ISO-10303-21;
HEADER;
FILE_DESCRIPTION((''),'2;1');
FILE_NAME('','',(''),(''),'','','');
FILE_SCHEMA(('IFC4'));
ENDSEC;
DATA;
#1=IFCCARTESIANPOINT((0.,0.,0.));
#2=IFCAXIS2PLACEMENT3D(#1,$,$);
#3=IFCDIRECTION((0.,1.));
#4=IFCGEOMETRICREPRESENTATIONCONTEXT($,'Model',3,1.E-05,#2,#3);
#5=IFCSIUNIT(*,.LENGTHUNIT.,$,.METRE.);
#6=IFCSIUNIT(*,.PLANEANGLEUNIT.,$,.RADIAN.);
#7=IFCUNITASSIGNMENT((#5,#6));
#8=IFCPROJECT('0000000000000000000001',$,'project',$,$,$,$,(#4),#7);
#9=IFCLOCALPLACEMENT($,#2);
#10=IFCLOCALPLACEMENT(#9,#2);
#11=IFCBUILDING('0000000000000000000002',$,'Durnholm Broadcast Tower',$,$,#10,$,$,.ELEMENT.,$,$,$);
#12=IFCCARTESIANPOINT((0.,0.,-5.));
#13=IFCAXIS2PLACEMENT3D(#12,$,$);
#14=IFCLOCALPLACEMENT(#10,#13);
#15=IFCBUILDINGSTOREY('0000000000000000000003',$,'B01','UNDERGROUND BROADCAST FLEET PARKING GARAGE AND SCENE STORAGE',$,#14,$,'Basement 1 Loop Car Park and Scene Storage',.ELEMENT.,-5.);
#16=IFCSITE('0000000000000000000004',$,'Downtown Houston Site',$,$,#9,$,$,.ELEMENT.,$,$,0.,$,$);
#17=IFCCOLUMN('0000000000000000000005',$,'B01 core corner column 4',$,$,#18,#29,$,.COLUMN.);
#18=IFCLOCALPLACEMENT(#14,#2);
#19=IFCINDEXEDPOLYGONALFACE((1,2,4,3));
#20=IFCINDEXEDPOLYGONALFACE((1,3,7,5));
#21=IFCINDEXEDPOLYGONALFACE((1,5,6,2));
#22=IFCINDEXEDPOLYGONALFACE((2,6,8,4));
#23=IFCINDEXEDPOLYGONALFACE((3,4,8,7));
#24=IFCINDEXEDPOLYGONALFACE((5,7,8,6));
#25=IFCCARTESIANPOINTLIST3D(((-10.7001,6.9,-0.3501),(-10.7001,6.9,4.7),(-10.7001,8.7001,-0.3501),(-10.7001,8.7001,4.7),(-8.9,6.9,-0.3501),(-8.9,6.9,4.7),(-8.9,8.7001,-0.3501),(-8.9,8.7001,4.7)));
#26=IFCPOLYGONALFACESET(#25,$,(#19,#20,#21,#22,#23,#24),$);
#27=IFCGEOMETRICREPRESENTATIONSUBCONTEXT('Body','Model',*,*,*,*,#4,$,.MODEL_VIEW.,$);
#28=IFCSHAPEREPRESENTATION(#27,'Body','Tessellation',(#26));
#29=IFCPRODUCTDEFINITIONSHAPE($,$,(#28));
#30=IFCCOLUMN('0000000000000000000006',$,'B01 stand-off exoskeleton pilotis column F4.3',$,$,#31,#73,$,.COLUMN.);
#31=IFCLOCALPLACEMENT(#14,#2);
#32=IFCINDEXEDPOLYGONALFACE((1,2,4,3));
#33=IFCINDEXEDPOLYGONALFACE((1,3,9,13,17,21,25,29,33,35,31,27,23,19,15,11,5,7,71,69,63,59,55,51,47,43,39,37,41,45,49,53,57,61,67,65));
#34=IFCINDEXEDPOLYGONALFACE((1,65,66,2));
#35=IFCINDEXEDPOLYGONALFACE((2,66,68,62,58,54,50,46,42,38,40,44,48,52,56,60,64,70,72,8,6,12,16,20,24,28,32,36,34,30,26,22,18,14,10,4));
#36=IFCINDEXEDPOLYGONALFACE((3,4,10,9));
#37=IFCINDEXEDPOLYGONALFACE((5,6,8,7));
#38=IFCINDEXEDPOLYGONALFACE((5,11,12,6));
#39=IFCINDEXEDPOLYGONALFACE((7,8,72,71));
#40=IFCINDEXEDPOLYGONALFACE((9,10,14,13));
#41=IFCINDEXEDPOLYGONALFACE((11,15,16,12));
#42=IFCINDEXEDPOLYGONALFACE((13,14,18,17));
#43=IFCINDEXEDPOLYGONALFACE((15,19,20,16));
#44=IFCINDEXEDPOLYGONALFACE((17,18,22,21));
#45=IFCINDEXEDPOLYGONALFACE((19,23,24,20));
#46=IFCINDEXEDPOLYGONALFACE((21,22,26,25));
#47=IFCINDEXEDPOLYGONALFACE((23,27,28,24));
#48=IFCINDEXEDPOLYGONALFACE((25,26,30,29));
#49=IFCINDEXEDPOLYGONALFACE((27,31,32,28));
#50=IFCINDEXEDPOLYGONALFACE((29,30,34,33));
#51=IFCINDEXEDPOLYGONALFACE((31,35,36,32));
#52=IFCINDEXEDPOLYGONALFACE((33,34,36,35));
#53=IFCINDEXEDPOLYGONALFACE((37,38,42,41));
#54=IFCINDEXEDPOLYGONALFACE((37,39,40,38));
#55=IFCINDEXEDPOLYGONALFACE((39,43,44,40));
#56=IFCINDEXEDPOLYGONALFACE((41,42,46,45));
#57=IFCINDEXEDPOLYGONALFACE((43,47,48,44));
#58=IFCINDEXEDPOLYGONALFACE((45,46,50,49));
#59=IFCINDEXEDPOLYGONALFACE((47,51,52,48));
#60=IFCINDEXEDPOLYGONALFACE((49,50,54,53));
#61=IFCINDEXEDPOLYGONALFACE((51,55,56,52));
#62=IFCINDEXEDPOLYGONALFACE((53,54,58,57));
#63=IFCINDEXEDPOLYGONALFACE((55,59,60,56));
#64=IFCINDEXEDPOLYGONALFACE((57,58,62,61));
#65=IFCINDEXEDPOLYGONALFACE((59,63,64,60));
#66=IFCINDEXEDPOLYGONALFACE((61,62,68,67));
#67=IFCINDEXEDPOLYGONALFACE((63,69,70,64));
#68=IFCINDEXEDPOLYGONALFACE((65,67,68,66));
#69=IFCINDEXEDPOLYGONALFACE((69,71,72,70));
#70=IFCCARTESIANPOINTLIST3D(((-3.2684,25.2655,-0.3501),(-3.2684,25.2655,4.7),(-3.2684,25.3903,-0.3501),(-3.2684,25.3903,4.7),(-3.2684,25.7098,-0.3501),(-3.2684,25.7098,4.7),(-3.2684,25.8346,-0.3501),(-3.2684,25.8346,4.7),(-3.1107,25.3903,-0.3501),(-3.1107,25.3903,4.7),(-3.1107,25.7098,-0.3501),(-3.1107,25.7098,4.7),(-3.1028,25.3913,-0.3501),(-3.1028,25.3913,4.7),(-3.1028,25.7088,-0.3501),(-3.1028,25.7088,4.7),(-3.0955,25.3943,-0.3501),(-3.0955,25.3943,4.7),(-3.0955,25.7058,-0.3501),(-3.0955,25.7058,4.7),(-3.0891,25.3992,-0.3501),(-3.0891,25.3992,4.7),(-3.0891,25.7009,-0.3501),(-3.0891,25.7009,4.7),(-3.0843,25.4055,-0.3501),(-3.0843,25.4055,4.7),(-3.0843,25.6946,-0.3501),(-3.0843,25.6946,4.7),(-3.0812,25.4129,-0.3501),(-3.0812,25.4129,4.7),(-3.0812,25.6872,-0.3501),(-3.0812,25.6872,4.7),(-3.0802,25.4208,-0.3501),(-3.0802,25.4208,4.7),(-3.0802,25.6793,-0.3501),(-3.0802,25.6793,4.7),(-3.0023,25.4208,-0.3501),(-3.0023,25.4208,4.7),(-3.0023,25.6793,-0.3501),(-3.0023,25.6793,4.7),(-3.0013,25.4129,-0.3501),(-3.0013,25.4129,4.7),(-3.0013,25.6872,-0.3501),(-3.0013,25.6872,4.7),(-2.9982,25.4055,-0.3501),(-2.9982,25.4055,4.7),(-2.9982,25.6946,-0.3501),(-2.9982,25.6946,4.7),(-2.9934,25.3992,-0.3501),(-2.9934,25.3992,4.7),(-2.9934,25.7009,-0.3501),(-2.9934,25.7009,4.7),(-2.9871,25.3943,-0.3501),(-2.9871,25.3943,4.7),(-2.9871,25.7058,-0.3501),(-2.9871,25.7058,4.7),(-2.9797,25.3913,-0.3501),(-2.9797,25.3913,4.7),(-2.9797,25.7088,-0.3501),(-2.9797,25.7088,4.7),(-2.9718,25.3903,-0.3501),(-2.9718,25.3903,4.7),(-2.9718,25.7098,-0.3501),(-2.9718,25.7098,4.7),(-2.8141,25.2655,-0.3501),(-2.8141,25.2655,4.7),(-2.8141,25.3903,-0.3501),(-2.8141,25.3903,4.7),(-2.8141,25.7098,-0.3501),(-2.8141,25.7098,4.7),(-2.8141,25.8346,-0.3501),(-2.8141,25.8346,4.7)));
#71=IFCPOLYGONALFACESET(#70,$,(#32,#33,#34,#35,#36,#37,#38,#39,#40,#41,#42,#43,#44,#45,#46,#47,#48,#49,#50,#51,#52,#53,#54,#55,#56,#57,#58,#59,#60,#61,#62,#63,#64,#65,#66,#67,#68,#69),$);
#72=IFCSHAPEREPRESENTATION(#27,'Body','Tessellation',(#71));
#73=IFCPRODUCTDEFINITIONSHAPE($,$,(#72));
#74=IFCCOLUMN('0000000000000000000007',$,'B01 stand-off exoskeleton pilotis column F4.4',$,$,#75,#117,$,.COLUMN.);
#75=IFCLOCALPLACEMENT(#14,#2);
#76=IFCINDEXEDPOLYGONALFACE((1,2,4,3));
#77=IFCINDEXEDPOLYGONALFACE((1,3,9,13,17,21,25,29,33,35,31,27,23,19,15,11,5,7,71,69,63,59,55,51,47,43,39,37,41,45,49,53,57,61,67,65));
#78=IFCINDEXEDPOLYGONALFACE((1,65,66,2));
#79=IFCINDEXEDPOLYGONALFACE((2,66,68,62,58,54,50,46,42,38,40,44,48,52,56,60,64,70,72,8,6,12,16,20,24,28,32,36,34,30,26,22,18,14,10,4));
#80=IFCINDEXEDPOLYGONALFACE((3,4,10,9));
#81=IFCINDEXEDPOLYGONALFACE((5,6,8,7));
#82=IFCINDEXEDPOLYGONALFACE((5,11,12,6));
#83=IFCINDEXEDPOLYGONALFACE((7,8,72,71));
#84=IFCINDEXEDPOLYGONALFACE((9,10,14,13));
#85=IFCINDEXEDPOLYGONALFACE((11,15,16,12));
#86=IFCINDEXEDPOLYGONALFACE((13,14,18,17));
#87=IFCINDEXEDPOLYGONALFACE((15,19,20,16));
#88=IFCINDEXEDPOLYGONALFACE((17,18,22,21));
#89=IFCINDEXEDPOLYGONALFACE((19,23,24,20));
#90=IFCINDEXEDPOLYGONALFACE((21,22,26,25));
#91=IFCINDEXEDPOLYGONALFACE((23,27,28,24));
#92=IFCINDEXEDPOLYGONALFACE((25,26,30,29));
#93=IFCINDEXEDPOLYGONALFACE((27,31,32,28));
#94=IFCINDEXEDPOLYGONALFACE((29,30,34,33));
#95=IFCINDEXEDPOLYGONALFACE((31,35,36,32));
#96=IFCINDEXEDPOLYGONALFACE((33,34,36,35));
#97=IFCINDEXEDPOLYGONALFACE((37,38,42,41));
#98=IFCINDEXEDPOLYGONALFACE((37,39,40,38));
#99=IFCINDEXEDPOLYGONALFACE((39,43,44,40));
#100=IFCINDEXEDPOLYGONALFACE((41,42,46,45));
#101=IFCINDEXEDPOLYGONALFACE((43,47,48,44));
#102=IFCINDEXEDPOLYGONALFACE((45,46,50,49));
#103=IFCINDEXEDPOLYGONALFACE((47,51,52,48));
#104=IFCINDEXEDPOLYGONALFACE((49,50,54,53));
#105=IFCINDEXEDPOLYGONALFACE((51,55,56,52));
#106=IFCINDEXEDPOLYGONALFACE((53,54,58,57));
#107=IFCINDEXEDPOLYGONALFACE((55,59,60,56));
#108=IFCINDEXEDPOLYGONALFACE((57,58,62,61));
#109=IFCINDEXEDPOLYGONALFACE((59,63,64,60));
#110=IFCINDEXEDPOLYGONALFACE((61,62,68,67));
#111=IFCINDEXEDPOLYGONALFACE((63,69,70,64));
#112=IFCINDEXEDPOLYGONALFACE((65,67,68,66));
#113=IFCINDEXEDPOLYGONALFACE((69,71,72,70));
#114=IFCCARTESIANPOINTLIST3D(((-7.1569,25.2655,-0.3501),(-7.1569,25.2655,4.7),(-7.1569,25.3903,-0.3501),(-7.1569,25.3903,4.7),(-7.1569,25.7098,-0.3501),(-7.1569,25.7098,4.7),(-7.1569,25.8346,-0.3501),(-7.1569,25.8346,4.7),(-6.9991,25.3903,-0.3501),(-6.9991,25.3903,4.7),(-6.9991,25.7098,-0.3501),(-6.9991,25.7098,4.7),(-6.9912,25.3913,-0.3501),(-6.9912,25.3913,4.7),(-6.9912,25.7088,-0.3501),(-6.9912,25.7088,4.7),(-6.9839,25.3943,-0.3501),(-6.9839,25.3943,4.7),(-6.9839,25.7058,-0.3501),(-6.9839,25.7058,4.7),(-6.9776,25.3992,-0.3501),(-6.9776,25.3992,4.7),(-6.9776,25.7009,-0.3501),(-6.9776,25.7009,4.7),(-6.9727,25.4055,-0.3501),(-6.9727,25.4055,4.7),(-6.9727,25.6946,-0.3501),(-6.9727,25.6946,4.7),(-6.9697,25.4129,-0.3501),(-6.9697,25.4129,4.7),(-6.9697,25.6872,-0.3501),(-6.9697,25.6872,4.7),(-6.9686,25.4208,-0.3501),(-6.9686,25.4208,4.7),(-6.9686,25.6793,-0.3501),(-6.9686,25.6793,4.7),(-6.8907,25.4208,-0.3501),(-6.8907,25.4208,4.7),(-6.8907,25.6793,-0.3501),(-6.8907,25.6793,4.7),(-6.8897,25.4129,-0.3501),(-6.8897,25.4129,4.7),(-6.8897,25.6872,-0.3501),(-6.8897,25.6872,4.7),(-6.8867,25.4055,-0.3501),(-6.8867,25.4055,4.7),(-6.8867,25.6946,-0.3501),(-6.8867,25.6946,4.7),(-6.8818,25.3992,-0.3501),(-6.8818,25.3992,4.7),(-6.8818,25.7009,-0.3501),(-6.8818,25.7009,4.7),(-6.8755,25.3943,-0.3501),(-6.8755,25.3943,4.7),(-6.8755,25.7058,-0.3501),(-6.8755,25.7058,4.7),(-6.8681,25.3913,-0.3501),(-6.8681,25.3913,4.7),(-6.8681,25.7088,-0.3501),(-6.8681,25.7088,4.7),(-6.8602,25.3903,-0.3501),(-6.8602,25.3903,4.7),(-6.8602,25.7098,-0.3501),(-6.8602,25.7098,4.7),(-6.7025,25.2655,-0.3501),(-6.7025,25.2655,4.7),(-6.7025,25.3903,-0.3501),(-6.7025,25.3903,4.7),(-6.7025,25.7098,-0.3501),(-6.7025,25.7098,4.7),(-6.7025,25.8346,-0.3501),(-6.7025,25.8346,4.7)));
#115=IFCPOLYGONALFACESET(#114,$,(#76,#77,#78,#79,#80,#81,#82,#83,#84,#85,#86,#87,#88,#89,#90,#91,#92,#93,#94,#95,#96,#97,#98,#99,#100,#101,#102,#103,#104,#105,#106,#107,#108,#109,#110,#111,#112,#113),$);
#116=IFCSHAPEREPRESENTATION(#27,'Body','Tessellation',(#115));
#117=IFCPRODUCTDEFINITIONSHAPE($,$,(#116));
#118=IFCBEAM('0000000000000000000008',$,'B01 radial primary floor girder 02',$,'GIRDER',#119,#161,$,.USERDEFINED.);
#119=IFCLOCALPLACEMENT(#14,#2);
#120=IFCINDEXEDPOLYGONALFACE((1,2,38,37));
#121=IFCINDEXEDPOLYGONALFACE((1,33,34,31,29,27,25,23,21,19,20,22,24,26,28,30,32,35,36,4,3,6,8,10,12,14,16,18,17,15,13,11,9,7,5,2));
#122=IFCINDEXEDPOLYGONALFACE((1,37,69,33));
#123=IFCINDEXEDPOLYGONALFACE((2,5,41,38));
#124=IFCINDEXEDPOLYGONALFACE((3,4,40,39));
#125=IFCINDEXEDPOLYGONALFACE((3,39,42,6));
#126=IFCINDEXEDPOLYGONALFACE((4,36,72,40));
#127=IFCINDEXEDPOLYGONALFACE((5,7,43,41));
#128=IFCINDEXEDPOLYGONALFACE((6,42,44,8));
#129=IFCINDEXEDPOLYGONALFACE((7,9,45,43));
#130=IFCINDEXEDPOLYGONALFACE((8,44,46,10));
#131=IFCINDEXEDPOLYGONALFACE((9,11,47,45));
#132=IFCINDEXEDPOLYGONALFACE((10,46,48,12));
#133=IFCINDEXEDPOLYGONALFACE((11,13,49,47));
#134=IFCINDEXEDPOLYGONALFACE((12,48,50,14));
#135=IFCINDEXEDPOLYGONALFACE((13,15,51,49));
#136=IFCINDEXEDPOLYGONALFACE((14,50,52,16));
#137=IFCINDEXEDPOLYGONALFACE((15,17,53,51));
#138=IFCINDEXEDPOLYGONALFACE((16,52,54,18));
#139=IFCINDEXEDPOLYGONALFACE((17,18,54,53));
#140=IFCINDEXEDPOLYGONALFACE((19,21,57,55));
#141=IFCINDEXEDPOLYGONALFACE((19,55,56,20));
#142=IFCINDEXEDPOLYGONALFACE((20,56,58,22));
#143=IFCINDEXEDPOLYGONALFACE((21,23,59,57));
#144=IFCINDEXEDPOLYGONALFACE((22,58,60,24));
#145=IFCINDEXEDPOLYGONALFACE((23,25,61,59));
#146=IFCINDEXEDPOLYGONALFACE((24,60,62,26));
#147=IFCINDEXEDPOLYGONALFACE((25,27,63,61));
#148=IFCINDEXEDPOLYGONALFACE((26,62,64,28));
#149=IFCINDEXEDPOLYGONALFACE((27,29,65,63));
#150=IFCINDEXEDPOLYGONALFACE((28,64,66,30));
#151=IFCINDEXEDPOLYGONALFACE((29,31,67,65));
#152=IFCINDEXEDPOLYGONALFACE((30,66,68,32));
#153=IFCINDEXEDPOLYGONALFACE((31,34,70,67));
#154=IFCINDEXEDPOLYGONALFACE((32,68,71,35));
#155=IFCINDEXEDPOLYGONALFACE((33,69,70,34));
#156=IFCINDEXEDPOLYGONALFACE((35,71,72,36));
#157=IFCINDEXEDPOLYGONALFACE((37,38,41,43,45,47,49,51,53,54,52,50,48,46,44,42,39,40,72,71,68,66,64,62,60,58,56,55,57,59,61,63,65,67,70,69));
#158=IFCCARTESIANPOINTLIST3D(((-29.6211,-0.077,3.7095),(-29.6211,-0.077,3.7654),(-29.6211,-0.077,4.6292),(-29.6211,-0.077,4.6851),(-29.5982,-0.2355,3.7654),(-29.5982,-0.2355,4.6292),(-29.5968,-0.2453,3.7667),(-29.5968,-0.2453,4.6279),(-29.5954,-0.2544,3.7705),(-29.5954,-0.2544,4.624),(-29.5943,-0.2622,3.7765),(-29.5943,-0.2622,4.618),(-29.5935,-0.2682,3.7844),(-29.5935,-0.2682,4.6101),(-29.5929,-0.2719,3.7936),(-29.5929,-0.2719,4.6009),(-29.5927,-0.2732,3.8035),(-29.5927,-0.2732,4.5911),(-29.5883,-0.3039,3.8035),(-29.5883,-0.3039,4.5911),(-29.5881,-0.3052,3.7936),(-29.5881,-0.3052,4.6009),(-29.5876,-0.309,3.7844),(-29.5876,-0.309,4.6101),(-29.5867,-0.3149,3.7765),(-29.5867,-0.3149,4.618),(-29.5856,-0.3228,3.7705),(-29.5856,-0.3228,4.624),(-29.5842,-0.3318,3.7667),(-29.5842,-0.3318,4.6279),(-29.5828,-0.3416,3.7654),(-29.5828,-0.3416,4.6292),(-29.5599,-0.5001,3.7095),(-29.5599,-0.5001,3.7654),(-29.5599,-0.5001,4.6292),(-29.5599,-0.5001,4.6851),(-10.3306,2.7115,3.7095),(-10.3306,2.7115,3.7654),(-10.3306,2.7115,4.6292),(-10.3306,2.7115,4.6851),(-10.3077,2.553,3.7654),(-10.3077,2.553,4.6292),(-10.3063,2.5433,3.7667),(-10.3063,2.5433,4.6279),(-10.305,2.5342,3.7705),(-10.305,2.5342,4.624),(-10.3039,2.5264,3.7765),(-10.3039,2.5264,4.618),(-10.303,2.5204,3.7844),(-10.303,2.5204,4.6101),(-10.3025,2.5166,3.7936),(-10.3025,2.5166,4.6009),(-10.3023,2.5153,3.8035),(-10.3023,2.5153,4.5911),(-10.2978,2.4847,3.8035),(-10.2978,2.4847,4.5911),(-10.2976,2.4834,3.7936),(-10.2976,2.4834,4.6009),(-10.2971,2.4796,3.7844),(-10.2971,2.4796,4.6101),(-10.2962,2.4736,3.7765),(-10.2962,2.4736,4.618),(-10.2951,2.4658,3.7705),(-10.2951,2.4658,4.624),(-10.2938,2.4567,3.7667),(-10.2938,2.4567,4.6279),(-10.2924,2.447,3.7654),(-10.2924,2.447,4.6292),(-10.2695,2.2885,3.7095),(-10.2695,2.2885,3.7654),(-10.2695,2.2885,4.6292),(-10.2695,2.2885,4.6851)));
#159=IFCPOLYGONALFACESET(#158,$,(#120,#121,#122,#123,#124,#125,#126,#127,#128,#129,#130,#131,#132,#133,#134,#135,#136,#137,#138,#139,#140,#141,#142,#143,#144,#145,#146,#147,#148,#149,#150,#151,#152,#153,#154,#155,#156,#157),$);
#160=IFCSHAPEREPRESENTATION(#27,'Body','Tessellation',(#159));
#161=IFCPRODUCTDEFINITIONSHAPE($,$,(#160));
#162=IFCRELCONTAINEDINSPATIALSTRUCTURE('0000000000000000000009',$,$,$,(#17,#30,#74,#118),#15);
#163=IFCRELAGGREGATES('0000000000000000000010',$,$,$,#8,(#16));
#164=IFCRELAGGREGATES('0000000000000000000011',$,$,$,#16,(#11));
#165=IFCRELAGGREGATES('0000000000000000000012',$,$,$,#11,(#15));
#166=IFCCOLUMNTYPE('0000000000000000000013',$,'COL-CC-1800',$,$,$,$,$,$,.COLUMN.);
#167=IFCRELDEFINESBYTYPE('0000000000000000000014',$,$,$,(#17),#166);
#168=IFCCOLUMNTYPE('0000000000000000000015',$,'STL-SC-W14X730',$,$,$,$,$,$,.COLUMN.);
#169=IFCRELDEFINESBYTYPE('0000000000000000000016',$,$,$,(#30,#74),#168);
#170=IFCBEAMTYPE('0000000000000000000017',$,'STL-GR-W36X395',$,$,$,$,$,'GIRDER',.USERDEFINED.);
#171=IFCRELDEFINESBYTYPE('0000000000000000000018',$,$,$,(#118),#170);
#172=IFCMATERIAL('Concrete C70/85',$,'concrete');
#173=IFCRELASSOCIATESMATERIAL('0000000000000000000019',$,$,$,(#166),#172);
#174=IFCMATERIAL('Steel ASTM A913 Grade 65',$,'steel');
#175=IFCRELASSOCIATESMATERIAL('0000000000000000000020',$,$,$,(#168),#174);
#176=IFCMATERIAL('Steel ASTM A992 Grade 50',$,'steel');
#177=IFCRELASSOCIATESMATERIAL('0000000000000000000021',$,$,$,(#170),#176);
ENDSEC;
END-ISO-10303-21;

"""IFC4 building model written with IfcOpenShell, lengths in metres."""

from ifc_helpers import new_model, si_unit, direction, frame, origin, origin_2d, place, context, subcontext, project, spatial, rectangle, i_section, extrude, source, transform, mapped, material, material_profile, profile_set, type_object, type_shapes, element, save


model = new_model("IFC4")

# Units and contexts
model_context = context("Model", 3, precision=1e-05, world=origin(), true_north=direction((0.0, 1.0)))
body_context = subcontext(model_context, "Body", "Model", "MODEL_VIEW")
ifc_project = project(units=[si_unit("LENGTHUNIT", "METRE"), si_unit("PLANEANGLEUNIT", "RADIAN")], contexts=[model_context])

# Site, building, storey
site_placement = place(None, origin())
site = spatial("IfcSite", under=ifc_project, at=site_placement, Name="Downtown Houston Site", CompositionType="ELEMENT", RefElevation=0.0)
building_placement = place(site_placement, origin())
building = spatial("IfcBuilding", under=site, at=building_placement, Name="Durnholm Broadcast Tower", CompositionType="ELEMENT")
storey_placement = place(building_placement, frame((0.0, 0.0, -5.0)))
storey = spatial("IfcBuildingStorey", under=building, at=storey_placement, Name="B01", Description="UNDERGROUND BROADCAST FLEET PARKING GARAGE AND SCENE STORAGE", LongName="Basement 1 Loop Car Park and Scene Storage", CompositionType="ELEMENT", Elevation=-5.0)

# Columns
ifc_material_1 = material(Name="Concrete C70/85", Category="concrete")
ifc_material_profile_1 = material_profile(ifc_material_1, rectangle(XDim=1.8, YDim=1.8, at=origin_2d()), Name="RC1800X1800")
ifc_profile_set_1 = profile_set([ifc_material_profile_1], Name="Concrete C70/85")
column_type_1 = type_object("IfcColumnType", Name="COL-CC-1800", PredefinedType="COLUMN", material=ifc_profile_set_1)
shared_shape_1 = source(origin(), body_context, "Body", "SweptSolid", [
    extrude(rectangle(XDim=1.8, YDim=1.8, at=origin_2d()), origin(), (0.0, 0.0, 1.0), 5.05),
])
type_shapes(column_type_1, [shared_shape_1])
column_placement = place(storey_placement, frame((-9.8, 7.8, -0.3501), z_axis=(0.0, 0.0, 1.0), x_axis=(1.0, 0.0, 0.0)))
element("IfcColumn", 1, at=column_placement, inside=storey, type_object=column_type_1, Name="B01 core corner column 4", PredefinedType="COLUMN", context=body_context, shape_type="MappedRepresentation", body=[
    mapped(shared_shape_1, transform((0.0, 0.0, 0.0), x_axis=(1.0, 0.0, 0.0), y_axis=(0.0, 1.0, 0.0), z_axis=(0.0, 0.0, 1.0), scale=1.0)),
])
ifc_material_2 = material(Name="Steel ASTM A913 Grade 65", Category="steel")
ifc_material_profile_2 = material_profile(ifc_material_2, i_section(OverallWidth=0.4543, OverallDepth=0.5691, WebThickness=0.0779, FlangeThickness=0.1248, FilletRadius=0.0305, at=origin_2d()), Name="W14X730")
ifc_profile_set_2 = profile_set([ifc_material_profile_2], Name="Steel ASTM A913 Grade 65")
column_type_2 = type_object("IfcColumnType", Name="STL-SC-W14X730", PredefinedType="COLUMN", material=ifc_profile_set_2)
shared_shape_2 = source(origin(), body_context, "Body", "SweptSolid", [
    extrude(i_section(OverallWidth=0.4543, OverallDepth=0.5691, WebThickness=0.0779, FlangeThickness=0.1248, FilletRadius=0.0305, at=origin_2d()), origin(), (0.0, 0.0, 1.0), 5.05),
])
type_shapes(column_type_2, [shared_shape_2])
for number, where, z_axis, x_axis, name in (
    (2, (-3.0413, 25.55, -0.3501), (0.0, 0.0, 1.0), (1.0, 0.0, 0.0), "B01 stand-off exoskeleton pilotis column F4.3"),
    (3, (-6.9297, 25.55, -0.3501), (0.0, 0.0, 1.0), (1.0, 0.0, 0.0), "B01 stand-off exoskeleton pilotis column F4.4"),
):
    element("IfcColumn", number, at=place(storey_placement, frame(where, z_axis=z_axis, x_axis=x_axis)), inside=storey, type_object=column_type_2, Name=name, PredefinedType="COLUMN", context=body_context, shape_type="MappedRepresentation", body=[
        mapped(shared_shape_2, transform((0.0, 0.0, 0.0), x_axis=(1.0, 0.0, 0.0), y_axis=(0.0, 1.0, 0.0), z_axis=(0.0, 0.0, 1.0), scale=1.0)),
    ])

# Beam
ifc_material_3 = material(Name="Steel ASTM A992 Grade 50", Category="steel")
ifc_material_profile_3 = material_profile(ifc_material_3, i_section(OverallWidth=0.4275, OverallDepth=0.9756, WebThickness=0.031, FlangeThickness=0.0559, FilletRadius=0.0381, at=origin_2d()), Name="W36X395")
ifc_profile_set_3 = profile_set([ifc_material_profile_3], Name="Steel ASTM A992 Grade 50")
beam_type_1 = type_object("IfcBeamType", Name="STL-GR-W36X395", ElementType="GIRDER", PredefinedType="USERDEFINED", material=ifc_profile_set_3)
shared_shape_3 = source(origin(), body_context, "Body", "SweptSolid", [
    extrude(i_section(OverallWidth=0.4275, OverallDepth=0.9756, WebThickness=0.031, FlangeThickness=0.0559, FilletRadius=0.0381, at=origin_2d()), origin(), (0.0, 0.0, 1.0), 19.491),
])
beam_1_placement = place(storey_placement, frame((-10.3, 2.5, 4.1973), z_axis=(-0.989713, -0.14307, 0.0), x_axis=(0.14307, -0.989713, 0.0)))
element("IfcBeam", 4, at=beam_1_placement, inside=storey, type_object=beam_type_1, Name="B01 radial primary floor girder 02", ObjectType="GIRDER", PredefinedType="USERDEFINED", context=body_context, shape_type="MappedRepresentation", body=[
    mapped(shared_shape_3, transform((0.0, 0.0, 0.0), x_axis=(1.0, 0.0, 0.0), y_axis=(0.0, 1.0, 0.0), z_axis=(0.0, 0.0, 1.0), scale=1.0)),
])

save(model, "model.ifc")
